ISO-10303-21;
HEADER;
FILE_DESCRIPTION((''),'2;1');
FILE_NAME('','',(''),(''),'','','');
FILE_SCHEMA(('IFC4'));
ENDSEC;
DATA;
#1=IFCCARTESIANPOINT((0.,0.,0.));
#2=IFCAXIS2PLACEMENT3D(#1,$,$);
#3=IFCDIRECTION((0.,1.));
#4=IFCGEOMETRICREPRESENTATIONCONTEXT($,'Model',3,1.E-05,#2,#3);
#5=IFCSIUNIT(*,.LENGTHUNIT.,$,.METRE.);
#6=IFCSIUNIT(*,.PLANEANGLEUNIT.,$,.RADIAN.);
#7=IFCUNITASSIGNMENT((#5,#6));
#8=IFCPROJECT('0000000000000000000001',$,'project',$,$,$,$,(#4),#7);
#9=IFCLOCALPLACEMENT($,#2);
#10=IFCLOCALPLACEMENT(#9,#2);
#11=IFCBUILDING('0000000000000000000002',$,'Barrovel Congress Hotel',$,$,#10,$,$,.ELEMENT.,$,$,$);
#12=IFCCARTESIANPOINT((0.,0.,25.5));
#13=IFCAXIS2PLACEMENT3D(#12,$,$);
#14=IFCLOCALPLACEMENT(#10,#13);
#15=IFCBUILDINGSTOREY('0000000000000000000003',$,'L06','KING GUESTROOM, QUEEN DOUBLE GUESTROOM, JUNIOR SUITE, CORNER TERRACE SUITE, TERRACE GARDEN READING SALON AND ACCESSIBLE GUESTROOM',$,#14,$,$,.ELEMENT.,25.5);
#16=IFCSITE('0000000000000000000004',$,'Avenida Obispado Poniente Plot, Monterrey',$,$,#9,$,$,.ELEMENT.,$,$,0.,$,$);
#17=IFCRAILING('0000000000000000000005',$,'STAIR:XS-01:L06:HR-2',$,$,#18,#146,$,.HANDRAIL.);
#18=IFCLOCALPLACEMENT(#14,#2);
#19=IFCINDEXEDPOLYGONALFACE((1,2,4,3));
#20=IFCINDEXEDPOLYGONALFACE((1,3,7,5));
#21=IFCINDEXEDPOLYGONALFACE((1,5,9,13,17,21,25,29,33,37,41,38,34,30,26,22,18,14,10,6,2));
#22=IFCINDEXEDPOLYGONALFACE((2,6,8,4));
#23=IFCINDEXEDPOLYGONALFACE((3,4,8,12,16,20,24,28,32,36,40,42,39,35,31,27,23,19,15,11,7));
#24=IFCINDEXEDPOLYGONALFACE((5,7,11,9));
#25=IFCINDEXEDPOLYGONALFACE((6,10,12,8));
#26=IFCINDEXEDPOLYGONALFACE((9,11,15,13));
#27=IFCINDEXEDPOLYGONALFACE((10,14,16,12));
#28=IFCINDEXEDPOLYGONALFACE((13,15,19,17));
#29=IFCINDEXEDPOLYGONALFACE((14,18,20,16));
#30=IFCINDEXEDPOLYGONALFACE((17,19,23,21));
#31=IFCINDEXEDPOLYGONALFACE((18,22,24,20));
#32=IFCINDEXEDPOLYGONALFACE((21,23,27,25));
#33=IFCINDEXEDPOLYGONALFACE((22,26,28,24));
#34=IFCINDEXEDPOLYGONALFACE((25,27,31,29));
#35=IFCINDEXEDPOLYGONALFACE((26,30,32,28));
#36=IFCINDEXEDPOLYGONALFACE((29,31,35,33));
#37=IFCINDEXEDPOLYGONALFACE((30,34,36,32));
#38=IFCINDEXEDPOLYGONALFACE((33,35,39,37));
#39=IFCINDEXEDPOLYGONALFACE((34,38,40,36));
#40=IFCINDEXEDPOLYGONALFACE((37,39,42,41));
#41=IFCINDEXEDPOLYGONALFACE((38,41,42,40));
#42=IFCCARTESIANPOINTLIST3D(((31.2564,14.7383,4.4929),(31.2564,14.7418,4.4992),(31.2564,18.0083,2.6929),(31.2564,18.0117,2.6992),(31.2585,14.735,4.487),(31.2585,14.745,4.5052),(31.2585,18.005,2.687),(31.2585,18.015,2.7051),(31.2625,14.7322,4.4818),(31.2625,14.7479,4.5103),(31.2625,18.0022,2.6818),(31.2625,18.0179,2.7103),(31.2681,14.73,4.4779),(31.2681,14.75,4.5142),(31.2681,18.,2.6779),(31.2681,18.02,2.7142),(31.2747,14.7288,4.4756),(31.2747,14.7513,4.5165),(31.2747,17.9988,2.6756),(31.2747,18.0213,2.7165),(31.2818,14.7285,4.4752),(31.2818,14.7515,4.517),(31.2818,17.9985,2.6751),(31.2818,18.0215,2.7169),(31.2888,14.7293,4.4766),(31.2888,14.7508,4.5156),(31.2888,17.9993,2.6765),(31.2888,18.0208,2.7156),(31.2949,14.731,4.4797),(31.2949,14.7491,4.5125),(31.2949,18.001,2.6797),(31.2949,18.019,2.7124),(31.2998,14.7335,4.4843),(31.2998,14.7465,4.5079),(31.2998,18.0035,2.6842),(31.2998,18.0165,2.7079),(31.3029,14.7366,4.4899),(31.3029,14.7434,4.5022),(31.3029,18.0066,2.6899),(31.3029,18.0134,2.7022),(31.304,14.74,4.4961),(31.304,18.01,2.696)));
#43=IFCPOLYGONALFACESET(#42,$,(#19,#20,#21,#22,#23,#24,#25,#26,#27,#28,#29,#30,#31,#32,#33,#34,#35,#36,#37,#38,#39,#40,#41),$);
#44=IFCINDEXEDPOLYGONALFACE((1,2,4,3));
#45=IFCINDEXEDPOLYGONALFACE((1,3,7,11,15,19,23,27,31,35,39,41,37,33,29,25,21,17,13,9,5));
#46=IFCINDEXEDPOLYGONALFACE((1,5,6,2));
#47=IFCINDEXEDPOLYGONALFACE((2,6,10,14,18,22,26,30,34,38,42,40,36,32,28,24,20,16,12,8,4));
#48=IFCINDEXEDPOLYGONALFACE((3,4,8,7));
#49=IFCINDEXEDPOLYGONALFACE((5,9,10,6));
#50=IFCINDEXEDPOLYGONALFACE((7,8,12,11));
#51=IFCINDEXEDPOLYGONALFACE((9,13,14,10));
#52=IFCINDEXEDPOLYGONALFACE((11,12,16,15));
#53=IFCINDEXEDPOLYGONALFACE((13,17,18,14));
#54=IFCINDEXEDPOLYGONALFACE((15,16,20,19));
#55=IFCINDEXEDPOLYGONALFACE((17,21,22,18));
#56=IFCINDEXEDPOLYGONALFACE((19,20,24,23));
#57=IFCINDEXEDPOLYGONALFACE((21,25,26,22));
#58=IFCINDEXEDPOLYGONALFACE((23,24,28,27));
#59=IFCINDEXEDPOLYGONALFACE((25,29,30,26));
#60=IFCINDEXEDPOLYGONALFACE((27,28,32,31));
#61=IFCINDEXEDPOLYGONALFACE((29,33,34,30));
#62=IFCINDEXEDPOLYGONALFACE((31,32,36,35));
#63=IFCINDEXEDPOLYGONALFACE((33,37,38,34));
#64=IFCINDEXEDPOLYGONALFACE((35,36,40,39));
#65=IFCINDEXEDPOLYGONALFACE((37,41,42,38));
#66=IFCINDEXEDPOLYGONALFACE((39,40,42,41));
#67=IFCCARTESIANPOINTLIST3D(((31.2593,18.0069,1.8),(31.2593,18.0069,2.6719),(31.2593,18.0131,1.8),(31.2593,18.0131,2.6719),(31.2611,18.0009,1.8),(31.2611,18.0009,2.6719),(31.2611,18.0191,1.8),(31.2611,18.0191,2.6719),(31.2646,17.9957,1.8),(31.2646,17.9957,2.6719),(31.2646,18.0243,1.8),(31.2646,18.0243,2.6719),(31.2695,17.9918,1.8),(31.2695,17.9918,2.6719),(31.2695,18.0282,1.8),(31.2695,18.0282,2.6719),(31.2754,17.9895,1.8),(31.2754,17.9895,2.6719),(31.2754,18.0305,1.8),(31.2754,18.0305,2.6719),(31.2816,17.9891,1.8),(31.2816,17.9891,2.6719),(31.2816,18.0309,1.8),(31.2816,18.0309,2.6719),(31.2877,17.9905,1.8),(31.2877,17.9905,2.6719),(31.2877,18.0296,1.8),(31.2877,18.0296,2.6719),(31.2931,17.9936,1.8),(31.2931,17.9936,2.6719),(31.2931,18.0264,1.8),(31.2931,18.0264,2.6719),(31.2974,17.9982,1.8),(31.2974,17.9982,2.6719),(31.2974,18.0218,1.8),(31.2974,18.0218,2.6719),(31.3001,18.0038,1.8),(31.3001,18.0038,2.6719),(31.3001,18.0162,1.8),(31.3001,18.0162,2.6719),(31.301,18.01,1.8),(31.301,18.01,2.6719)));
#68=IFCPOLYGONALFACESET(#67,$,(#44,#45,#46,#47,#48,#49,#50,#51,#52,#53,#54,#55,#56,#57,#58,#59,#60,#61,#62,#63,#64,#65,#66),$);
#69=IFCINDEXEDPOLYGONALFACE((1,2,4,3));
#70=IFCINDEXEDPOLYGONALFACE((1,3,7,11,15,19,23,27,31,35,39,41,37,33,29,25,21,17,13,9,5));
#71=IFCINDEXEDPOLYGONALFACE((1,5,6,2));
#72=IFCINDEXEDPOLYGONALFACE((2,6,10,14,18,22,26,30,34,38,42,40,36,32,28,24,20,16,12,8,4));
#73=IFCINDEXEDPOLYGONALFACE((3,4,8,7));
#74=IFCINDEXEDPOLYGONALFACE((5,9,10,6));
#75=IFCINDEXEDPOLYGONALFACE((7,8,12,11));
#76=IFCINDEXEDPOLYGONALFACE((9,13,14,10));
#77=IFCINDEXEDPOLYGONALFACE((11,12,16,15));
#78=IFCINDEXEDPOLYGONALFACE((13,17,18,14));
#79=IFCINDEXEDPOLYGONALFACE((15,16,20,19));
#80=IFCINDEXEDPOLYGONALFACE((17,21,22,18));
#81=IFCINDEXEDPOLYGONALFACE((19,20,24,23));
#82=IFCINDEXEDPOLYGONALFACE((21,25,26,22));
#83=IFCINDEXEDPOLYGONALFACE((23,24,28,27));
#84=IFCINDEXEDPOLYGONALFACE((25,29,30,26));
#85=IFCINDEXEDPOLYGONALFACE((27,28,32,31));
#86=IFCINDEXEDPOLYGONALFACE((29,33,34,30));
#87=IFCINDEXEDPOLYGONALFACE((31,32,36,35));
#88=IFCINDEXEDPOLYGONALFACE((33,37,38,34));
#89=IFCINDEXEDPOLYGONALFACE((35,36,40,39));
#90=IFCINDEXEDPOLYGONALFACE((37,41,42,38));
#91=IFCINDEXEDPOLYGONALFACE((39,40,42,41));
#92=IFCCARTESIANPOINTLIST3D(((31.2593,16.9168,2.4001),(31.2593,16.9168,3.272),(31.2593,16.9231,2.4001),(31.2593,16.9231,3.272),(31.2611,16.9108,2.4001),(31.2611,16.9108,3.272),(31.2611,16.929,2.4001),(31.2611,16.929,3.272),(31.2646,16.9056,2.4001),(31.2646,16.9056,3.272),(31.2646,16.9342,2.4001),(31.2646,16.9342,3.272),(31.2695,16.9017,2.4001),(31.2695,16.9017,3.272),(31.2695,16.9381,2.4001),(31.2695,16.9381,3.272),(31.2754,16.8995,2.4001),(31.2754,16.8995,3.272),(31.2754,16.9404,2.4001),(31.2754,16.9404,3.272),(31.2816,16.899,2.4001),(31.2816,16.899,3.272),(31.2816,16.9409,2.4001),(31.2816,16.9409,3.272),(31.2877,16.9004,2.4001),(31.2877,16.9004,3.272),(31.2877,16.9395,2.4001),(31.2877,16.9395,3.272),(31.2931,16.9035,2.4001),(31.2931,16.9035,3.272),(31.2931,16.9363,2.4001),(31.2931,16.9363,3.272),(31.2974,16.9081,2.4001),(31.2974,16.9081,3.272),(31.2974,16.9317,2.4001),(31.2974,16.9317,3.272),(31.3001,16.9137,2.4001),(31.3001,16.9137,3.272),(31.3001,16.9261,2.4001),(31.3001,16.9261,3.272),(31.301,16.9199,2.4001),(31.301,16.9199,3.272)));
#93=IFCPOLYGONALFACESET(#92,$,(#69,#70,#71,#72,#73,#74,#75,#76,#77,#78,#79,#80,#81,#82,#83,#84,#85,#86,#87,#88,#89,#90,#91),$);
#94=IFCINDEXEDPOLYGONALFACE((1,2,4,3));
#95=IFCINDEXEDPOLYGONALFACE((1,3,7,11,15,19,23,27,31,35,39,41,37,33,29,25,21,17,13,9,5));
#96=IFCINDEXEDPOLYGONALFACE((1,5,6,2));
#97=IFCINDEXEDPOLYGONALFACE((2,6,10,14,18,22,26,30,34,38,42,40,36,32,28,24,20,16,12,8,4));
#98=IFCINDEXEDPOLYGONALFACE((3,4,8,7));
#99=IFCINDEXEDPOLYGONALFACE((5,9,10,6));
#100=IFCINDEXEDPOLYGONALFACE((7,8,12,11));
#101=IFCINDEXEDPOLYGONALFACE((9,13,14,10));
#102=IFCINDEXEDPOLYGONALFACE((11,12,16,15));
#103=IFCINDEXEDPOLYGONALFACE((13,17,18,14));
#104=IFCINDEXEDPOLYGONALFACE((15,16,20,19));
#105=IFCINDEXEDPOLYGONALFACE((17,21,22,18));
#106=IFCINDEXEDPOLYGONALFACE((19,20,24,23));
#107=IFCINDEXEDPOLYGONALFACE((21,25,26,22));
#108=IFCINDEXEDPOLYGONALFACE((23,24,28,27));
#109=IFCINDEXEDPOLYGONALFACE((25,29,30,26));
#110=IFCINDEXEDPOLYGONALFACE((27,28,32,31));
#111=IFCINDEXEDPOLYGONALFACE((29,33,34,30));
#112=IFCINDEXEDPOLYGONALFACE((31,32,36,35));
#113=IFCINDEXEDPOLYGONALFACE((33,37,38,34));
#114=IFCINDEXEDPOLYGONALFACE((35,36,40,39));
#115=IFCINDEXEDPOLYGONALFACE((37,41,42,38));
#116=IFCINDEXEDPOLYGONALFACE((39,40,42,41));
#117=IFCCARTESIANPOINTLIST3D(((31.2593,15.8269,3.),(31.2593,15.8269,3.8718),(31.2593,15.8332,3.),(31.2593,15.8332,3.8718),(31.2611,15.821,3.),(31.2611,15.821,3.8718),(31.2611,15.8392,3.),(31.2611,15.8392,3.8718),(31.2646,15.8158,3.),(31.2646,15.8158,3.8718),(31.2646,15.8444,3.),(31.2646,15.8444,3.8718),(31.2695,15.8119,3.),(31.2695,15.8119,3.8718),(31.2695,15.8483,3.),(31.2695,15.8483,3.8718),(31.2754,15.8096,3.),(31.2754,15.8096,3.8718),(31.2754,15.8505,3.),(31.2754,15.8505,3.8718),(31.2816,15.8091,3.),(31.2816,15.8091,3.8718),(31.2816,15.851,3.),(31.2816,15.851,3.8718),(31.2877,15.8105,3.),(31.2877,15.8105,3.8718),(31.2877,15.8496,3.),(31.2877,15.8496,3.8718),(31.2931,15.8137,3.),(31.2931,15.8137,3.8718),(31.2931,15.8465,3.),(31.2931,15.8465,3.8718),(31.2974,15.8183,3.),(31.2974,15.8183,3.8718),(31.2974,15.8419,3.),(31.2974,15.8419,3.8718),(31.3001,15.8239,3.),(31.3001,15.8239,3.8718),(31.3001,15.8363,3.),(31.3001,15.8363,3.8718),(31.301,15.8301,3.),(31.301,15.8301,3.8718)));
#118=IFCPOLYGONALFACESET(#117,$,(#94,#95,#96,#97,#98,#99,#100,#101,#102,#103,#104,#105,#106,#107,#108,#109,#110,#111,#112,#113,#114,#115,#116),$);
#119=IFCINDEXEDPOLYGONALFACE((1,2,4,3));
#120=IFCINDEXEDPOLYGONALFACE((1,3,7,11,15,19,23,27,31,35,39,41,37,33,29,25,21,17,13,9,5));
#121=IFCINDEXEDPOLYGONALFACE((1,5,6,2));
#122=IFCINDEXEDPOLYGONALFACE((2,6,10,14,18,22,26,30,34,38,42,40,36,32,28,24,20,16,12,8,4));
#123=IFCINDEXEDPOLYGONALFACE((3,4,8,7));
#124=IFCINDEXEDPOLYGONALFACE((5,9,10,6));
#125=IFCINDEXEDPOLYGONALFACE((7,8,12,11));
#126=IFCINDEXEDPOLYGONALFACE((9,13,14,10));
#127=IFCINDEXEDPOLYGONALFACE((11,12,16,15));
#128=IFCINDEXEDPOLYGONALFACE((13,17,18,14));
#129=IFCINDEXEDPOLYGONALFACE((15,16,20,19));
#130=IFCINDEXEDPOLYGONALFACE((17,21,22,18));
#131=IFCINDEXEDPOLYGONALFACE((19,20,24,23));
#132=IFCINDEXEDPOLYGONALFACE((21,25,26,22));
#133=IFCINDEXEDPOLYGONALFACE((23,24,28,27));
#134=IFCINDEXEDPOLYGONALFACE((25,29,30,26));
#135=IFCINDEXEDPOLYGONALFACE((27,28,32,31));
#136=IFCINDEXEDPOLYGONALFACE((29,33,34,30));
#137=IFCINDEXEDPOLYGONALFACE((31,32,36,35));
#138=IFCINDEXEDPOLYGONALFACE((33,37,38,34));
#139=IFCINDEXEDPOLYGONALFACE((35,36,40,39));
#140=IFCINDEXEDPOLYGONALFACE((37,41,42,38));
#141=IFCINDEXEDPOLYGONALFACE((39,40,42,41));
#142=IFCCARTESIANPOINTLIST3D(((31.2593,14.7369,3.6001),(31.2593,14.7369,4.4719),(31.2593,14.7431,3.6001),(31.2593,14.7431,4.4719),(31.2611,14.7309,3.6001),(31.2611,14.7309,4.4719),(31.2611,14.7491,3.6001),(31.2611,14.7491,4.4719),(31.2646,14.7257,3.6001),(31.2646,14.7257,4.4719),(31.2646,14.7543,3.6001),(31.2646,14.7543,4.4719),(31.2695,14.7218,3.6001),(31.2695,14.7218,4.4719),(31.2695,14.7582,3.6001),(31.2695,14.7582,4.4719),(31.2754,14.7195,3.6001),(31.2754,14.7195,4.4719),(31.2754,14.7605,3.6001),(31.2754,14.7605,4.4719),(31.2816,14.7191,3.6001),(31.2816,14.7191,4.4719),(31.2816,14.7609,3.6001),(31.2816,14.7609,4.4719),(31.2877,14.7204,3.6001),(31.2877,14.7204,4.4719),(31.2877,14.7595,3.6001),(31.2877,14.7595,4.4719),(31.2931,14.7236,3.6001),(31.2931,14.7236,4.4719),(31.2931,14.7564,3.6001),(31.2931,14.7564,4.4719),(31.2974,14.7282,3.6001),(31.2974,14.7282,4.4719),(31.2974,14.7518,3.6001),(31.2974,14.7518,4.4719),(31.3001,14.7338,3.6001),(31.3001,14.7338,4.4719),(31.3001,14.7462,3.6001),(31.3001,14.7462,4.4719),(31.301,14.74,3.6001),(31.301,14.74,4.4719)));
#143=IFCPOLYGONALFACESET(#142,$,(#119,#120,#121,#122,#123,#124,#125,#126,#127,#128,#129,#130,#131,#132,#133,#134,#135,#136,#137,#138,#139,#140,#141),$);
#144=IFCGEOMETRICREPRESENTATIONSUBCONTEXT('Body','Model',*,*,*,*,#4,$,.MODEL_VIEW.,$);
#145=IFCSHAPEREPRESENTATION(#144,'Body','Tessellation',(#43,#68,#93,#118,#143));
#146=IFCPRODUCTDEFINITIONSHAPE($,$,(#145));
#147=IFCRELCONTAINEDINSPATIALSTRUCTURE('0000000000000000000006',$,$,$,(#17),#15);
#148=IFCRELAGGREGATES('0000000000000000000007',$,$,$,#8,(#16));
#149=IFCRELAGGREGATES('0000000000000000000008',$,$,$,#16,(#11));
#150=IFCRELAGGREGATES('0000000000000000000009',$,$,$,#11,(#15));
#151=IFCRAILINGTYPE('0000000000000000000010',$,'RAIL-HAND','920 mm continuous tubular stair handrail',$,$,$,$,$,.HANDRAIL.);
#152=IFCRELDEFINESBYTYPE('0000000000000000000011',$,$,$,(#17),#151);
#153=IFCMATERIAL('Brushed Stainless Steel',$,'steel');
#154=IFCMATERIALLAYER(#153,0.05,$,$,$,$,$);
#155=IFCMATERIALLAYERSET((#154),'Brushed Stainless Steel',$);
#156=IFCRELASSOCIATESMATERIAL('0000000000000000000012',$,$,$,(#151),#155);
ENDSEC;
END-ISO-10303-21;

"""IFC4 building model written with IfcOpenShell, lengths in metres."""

from ifc_helpers import new_model, si_unit, direction, frame, origin, origin_2d, place, context, subcontext, project, spatial, circle, extrude, material, layer, layer_set, type_object, element, save


model = new_model("IFC4")

# Units and contexts
model_context = context("Model", 3, precision=1e-05, world=origin(), true_north=direction((0.0, 1.0)))
body_context = subcontext(model_context, "Body", "Model", "MODEL_VIEW")
ifc_project = project(units=[si_unit("LENGTHUNIT", "METRE"), si_unit("PLANEANGLEUNIT", "RADIAN")], contexts=[model_context])

# Site, building, storey
site_placement = place(None, origin())
site = spatial("IfcSite", under=ifc_project, at=site_placement, Name="Avenida Obispado Poniente Plot, Monterrey", CompositionType="ELEMENT", RefElevation=0.0)
building_placement = place(site_placement, origin())
building = spatial("IfcBuilding", under=site, at=building_placement, Name="Barrovel Congress Hotel", CompositionType="ELEMENT")
storey_placement = place(building_placement, frame((0.0, 0.0, 25.5)))
storey = spatial("IfcBuildingStorey", under=building, at=storey_placement, Name="L06", Description="KING GUESTROOM, QUEEN DOUBLE GUESTROOM, JUNIOR SUITE, CORNER TERRACE SUITE, TERRACE GARDEN READING SALON AND ACCESSIBLE GUESTROOM", CompositionType="ELEMENT", Elevation=25.5)

# Railing
ifc_material_1 = material(Name="Brushed Stainless Steel", Category="steel")
ifc_layer_1 = layer(ifc_material_1, 0.05)
ifc_layer_set_1 = layer_set([ifc_layer_1], Name="Brushed Stainless Steel")
railing_type_1 = type_object("IfcRailingType", Name="RAIL-HAND", Description="920 mm continuous tubular stair handrail", PredefinedType="HANDRAIL", material=ifc_layer_set_1)
railing_1_placement = place(storey_placement, frame((31.28, 18.01, 1.8)))
element("IfcRailing", 1, at=railing_1_placement, inside=storey, type_object=railing_type_1, Name="STAIR:XS-01:L06:HR-2", PredefinedType="HANDRAIL", context=body_context, shape_type="SweptSolid", body=[
    extrude(circle(Radius=0.0239, at=origin_2d()), frame((0.0, 0.0, 0.896), z_axis=(0.0, -0.876042, 0.482235), x_axis=(1.0, 0.0, 0.0)), (0.0, 0.0, 1.0), 3.7327),
    extrude(circle(Radius=0.021, at=origin_2d()), origin(), (0.0, 0.0, 1.0), 0.8718),
    extrude(circle(Radius=0.021, at=origin_2d()), frame((0.0, -1.0901, 0.6001)), (0.0, 0.0, 1.0), 0.8718),
    extrude(circle(Radius=0.021, at=origin_2d()), frame((0.0, -2.1799, 1.2)), (0.0, 0.0, 1.0), 0.8718),
    extrude(circle(Radius=0.021, at=origin_2d()), frame((0.0, -3.27, 1.8)), (0.0, 0.0, 1.0), 0.8718),
])

save(model, "model.ifc")
